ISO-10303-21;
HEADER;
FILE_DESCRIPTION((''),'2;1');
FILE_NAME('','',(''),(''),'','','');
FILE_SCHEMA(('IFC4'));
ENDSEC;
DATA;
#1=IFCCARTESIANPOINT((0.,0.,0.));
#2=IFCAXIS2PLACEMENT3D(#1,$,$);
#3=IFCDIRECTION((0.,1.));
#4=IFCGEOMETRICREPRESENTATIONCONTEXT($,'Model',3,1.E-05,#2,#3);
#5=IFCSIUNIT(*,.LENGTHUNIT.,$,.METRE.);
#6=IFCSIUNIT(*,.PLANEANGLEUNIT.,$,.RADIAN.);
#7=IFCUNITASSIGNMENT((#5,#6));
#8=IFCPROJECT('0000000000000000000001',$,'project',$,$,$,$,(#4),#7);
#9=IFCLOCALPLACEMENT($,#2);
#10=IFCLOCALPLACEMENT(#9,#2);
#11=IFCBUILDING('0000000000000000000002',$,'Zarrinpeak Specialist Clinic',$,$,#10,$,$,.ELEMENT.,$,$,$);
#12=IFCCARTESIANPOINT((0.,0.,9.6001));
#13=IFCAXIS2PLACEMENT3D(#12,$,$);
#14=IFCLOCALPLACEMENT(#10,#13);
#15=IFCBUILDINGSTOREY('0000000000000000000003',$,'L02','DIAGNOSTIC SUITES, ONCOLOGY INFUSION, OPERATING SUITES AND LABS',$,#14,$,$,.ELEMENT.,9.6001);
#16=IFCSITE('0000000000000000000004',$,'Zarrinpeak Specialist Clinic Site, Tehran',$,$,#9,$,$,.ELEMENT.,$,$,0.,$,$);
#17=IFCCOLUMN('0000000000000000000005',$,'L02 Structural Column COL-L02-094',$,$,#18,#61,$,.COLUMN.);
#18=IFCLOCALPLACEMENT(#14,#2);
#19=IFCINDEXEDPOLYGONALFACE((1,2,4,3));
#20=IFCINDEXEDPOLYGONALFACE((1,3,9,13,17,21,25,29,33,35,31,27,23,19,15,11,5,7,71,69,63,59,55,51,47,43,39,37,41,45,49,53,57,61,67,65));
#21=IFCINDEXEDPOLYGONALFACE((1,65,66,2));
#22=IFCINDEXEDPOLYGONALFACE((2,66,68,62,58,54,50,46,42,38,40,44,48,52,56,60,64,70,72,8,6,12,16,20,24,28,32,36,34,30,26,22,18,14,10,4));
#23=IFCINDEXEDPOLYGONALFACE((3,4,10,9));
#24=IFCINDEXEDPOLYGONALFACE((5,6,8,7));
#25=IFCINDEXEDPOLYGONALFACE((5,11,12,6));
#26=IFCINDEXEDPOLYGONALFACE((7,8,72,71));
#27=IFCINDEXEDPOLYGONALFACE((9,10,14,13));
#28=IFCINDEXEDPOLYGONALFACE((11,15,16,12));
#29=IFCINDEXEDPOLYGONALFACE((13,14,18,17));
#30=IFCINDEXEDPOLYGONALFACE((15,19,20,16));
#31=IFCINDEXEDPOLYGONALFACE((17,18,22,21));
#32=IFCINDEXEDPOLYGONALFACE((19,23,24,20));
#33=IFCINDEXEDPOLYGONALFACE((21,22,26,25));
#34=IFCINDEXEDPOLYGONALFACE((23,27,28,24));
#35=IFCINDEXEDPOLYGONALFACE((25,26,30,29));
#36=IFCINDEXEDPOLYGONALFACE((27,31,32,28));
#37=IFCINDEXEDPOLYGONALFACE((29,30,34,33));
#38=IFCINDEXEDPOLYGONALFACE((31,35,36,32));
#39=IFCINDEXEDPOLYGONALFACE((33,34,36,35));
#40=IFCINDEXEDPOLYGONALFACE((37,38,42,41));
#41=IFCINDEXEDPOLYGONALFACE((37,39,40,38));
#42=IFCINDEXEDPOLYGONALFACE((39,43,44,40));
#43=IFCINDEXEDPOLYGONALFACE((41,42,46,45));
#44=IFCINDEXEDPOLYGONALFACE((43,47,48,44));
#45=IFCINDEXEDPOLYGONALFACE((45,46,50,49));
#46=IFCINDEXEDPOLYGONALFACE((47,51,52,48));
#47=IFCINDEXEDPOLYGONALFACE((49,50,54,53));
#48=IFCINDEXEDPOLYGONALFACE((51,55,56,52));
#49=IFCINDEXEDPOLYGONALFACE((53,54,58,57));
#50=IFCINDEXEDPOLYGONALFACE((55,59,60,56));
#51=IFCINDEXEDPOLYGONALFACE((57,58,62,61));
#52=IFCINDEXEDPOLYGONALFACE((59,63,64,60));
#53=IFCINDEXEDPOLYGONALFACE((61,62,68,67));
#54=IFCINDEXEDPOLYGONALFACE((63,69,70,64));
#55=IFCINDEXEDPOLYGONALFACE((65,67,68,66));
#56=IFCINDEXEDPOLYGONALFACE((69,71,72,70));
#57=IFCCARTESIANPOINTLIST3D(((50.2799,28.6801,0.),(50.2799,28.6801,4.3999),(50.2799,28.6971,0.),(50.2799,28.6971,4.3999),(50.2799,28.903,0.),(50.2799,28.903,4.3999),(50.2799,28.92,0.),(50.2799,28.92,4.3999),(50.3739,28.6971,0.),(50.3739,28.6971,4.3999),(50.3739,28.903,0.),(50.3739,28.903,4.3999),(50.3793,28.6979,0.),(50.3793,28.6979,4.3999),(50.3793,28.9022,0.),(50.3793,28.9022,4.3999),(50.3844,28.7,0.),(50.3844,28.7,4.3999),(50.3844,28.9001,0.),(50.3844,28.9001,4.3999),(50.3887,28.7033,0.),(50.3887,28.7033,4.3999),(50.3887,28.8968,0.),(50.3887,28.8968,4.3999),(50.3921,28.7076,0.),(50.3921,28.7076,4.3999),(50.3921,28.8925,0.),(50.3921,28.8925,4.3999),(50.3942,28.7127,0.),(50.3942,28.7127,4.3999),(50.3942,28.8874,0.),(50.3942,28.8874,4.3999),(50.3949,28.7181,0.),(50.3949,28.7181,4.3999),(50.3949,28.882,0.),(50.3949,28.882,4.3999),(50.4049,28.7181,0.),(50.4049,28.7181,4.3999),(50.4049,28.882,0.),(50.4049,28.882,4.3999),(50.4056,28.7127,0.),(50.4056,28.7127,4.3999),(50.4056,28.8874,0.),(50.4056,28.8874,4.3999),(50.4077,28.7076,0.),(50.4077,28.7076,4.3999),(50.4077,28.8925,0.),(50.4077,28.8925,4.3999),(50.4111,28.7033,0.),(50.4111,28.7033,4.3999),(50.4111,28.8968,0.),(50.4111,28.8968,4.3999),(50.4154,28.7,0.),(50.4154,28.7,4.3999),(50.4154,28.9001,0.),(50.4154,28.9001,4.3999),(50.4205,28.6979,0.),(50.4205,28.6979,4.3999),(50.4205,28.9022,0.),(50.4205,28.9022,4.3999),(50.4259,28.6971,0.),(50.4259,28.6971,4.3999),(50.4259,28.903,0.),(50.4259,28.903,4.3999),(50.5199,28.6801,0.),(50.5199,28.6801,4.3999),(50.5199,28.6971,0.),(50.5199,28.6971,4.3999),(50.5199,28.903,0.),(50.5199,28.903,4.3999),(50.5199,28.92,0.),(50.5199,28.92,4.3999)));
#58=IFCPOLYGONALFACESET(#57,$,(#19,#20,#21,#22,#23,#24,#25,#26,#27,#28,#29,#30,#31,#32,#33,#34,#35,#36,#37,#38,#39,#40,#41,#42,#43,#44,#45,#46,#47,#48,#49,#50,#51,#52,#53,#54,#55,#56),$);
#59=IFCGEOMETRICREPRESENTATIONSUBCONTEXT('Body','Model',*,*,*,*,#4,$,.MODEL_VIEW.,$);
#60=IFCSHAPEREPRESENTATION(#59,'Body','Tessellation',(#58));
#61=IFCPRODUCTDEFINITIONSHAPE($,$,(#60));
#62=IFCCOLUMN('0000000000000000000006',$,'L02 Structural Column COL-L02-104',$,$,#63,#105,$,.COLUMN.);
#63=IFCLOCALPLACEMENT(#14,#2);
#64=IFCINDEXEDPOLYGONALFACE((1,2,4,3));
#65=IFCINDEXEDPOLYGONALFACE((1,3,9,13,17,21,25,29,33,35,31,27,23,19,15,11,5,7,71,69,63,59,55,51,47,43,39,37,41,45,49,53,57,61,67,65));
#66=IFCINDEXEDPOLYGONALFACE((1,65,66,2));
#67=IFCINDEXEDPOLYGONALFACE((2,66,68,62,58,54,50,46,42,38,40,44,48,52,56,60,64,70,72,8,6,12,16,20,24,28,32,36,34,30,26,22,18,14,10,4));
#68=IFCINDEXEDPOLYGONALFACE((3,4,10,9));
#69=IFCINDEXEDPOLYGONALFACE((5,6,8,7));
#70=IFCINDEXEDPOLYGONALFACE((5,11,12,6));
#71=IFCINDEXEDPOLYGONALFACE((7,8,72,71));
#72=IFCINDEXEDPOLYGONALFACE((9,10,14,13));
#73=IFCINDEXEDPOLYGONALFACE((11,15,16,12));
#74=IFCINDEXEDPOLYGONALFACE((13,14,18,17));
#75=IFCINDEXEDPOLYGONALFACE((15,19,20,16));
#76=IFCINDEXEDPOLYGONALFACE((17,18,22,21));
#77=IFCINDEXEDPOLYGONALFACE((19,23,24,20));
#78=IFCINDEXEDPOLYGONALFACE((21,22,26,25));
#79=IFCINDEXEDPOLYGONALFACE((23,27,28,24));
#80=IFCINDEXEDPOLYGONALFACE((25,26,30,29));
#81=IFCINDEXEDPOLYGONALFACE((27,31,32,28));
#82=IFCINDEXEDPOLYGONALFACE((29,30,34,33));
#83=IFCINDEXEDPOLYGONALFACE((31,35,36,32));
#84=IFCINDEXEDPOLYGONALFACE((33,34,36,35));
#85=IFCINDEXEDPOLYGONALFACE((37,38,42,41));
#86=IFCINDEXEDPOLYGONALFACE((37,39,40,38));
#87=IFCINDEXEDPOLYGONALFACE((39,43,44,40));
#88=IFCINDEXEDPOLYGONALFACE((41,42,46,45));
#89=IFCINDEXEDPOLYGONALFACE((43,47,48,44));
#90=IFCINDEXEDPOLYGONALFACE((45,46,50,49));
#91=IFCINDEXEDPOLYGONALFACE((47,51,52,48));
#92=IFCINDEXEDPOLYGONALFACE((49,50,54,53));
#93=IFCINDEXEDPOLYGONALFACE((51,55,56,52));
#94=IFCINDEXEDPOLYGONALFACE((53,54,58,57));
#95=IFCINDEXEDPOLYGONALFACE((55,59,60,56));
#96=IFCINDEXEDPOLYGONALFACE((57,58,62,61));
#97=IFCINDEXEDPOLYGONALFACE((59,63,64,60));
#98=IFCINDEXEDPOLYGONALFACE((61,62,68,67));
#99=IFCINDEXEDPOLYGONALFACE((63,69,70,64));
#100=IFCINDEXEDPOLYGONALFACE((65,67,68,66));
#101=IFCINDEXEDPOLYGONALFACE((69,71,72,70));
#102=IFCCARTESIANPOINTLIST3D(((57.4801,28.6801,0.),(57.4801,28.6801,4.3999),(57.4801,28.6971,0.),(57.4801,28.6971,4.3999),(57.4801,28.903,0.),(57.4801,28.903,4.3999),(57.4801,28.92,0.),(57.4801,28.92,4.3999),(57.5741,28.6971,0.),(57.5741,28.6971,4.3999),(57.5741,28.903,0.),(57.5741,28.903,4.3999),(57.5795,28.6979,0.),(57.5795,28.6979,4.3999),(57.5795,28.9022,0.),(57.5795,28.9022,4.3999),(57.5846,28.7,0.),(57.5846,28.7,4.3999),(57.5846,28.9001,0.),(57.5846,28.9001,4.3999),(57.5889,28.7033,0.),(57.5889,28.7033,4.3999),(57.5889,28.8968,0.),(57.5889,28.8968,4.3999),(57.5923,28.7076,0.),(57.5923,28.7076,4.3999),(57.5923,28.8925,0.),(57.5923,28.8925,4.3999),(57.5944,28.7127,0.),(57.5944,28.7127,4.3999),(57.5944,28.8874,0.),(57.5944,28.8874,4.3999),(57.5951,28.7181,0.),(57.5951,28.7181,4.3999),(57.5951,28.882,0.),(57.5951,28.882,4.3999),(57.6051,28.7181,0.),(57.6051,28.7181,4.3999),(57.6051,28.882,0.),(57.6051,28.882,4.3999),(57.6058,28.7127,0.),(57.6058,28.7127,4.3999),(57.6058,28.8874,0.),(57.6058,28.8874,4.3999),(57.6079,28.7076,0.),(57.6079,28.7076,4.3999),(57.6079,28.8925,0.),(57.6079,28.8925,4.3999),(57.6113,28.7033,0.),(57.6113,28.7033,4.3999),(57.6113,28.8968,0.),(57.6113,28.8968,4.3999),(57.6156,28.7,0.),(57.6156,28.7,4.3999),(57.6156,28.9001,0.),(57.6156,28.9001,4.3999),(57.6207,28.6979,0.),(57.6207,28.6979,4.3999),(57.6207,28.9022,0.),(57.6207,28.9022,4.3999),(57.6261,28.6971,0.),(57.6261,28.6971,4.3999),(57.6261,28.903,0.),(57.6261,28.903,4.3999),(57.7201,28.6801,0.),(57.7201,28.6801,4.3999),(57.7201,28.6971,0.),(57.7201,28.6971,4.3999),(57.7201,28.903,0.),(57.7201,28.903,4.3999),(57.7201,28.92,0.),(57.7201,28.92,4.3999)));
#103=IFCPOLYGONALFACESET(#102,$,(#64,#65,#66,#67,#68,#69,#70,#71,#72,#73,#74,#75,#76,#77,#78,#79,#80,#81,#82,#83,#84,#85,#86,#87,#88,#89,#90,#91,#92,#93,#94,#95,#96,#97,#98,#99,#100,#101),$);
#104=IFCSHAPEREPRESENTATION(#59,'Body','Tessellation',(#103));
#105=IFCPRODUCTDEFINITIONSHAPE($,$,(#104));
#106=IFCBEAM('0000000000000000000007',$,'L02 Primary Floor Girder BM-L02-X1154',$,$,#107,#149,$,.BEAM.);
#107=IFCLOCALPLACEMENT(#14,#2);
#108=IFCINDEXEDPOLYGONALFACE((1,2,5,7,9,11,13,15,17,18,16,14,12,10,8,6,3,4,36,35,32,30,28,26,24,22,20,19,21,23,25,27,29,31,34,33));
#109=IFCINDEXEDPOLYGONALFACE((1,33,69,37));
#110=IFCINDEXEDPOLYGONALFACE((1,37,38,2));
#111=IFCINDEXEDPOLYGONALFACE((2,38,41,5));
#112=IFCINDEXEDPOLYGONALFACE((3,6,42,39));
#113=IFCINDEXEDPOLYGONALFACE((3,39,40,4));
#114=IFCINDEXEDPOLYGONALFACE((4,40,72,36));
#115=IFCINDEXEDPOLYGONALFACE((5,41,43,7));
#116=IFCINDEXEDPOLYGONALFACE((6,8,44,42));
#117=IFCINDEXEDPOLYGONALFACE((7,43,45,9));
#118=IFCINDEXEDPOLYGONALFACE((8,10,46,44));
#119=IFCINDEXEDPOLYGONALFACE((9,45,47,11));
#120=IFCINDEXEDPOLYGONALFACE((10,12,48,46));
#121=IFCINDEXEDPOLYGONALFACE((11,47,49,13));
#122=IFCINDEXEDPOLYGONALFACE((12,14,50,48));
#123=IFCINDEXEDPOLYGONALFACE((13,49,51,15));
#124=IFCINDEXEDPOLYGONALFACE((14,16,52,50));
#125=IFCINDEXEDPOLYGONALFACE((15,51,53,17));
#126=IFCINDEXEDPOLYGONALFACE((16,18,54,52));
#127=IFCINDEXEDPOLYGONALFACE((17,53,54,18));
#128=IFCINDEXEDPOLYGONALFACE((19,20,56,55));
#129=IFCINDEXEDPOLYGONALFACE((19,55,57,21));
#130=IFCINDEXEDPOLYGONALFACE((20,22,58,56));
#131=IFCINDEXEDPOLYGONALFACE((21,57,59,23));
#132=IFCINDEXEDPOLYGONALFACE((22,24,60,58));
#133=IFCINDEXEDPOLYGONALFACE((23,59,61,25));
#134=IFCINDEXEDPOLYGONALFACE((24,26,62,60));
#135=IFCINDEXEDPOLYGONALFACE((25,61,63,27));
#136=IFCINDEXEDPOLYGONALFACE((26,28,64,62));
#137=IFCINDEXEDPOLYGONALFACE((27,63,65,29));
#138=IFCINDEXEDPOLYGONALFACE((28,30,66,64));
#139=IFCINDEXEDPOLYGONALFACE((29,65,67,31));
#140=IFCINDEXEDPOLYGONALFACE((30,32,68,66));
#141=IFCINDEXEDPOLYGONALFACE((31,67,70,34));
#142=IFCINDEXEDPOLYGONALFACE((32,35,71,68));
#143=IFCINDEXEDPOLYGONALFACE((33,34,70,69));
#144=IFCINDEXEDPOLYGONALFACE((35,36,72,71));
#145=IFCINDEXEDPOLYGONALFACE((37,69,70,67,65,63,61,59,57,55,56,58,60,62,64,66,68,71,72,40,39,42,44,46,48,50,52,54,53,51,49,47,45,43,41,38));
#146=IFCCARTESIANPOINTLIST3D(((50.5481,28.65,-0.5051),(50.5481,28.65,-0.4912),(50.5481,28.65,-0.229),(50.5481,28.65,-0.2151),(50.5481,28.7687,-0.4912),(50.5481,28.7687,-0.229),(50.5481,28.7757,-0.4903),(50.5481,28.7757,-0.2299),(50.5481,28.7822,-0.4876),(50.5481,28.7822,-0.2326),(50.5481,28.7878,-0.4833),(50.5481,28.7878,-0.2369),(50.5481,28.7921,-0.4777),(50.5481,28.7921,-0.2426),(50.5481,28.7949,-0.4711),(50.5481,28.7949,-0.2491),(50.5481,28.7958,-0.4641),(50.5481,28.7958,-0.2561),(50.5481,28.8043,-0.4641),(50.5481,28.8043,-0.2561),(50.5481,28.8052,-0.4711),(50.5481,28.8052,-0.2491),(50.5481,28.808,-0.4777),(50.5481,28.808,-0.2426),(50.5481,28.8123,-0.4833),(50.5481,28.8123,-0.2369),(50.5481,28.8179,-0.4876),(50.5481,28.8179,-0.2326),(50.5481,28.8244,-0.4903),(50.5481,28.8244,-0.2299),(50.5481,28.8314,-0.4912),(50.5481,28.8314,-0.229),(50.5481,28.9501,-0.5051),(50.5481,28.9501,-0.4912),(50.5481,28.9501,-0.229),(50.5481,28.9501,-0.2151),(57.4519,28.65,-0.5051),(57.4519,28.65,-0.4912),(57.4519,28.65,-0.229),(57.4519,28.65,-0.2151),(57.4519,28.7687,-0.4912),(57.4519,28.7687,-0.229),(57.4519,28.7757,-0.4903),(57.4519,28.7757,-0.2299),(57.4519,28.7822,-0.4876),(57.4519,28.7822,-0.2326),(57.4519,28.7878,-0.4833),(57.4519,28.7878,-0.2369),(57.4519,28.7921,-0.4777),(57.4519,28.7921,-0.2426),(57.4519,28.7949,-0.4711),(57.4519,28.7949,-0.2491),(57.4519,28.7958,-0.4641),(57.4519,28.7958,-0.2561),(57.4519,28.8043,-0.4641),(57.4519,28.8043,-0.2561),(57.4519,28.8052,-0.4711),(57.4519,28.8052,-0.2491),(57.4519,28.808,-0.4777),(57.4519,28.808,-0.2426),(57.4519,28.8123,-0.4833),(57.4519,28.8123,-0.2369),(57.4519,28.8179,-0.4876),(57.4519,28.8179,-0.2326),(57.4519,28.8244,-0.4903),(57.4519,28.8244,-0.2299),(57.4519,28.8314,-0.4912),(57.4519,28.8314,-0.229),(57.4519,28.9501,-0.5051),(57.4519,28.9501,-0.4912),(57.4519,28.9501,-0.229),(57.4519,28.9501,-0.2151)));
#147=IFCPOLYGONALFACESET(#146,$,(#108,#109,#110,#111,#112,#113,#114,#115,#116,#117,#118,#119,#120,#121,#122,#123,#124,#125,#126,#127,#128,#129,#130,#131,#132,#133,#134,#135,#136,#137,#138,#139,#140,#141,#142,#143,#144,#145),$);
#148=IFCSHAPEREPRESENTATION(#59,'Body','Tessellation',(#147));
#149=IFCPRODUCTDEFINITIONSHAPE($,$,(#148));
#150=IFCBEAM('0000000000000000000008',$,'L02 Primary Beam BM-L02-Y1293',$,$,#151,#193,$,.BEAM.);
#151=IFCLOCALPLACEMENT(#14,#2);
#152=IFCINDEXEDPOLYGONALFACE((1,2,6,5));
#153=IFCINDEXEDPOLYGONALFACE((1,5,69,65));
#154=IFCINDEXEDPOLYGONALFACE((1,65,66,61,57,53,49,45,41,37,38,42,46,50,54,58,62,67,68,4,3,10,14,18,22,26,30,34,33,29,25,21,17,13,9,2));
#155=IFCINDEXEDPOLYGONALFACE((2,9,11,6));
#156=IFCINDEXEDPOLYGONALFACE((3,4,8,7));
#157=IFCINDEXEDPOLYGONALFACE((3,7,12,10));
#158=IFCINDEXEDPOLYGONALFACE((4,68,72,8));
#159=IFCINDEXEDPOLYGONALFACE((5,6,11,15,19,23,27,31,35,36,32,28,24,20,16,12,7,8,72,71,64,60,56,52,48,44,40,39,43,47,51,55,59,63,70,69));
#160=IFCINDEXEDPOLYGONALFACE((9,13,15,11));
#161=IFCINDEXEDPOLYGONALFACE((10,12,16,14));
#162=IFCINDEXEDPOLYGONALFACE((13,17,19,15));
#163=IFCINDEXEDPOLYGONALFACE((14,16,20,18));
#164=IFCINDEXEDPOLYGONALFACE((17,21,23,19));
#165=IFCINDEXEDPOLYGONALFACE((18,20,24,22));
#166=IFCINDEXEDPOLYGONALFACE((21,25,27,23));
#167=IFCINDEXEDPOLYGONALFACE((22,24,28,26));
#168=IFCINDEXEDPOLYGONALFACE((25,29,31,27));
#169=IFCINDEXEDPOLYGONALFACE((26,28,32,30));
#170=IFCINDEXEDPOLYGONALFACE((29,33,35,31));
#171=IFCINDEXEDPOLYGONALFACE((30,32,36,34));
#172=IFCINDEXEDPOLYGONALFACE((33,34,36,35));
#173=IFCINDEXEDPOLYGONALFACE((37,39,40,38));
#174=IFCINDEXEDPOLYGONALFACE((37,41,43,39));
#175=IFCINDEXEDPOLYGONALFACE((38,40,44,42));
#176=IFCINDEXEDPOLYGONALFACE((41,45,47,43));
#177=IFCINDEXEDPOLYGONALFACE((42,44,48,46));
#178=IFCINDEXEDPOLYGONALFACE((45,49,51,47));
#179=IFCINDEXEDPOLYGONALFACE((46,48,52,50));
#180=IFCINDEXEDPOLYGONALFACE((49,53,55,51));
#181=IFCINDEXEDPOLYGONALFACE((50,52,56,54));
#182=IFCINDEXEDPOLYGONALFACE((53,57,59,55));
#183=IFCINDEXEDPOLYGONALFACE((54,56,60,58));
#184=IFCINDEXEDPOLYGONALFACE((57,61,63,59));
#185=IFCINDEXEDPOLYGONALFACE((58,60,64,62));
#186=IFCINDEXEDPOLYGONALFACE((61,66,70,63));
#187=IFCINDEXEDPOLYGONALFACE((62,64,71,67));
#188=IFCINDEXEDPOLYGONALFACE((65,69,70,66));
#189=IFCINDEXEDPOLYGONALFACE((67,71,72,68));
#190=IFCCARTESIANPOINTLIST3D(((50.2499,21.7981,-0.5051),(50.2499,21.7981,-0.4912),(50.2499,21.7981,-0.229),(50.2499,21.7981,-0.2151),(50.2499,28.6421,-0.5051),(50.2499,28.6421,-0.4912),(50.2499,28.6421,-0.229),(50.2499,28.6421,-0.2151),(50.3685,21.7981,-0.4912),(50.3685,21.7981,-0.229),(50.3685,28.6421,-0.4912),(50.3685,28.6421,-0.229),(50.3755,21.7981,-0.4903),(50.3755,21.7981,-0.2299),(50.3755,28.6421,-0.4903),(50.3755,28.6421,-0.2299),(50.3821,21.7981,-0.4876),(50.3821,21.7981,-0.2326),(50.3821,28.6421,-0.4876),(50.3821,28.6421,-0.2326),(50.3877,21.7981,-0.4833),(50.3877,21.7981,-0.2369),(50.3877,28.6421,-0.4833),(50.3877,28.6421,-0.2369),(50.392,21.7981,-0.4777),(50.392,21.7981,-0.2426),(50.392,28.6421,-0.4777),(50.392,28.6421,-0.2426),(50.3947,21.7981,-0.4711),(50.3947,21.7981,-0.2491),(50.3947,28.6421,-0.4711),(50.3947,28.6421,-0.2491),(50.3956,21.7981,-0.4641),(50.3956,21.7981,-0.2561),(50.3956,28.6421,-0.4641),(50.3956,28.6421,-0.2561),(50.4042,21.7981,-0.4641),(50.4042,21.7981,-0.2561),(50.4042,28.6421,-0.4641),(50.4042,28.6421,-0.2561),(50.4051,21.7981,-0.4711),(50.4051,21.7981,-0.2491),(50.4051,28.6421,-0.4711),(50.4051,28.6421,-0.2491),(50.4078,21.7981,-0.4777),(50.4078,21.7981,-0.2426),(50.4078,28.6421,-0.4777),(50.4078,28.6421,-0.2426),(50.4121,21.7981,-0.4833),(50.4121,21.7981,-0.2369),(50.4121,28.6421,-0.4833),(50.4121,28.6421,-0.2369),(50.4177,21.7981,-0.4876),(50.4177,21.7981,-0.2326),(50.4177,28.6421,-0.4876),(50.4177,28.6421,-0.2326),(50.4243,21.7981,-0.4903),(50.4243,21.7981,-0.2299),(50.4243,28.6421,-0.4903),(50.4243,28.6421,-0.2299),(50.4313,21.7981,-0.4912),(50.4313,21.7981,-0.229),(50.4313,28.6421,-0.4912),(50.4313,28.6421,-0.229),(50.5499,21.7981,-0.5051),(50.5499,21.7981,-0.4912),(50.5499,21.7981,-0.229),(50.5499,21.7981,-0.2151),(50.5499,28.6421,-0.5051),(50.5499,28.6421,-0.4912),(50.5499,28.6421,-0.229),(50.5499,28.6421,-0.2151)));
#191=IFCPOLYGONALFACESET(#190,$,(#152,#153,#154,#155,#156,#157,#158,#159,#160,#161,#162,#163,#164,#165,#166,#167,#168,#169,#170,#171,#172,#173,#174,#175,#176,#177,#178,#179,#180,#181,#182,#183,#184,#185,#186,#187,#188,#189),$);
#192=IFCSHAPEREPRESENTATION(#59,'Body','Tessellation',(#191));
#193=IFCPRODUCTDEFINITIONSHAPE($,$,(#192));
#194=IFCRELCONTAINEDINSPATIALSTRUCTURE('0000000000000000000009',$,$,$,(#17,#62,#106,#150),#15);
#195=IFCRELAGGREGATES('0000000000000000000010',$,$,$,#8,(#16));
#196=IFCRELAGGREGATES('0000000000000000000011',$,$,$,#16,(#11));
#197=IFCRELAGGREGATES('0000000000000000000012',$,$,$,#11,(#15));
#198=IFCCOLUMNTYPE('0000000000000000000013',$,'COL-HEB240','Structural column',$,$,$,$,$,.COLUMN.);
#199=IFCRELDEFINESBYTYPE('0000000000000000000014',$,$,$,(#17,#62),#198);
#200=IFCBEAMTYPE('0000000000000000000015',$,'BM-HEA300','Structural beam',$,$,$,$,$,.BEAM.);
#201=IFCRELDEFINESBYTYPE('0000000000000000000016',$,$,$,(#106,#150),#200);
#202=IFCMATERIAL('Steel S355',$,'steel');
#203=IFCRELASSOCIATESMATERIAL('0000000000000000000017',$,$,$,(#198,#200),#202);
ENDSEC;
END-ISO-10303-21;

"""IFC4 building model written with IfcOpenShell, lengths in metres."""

from ifc_helpers import new_model, si_unit, direction, frame, origin, origin_2d, place, context, subcontext, project, spatial, i_section, extrude, material, material_profile, profile_set, type_object, element, save


model = new_model("IFC4")

# Units and contexts
model_context = context("Model", 3, precision=1e-05, world=origin(), true_north=direction((0.0, 1.0)))
body_context = subcontext(model_context, "Body", "Model", "MODEL_VIEW")
ifc_project = project(units=[si_unit("LENGTHUNIT", "METRE"), si_unit("PLANEANGLEUNIT", "RADIAN")], contexts=[model_context])

# Site, building, storey
site_placement = place(None, origin())
site = spatial("IfcSite", under=ifc_project, at=site_placement, Name="Zarrinpeak Specialist Clinic Site, Tehran", CompositionType="ELEMENT", RefElevation=0.0)
building_placement = place(site_placement, origin())
building = spatial("IfcBuilding", under=site, at=building_placement, Name="Zarrinpeak Specialist Clinic", CompositionType="ELEMENT")
storey_placement = place(building_placement, frame((0.0, 0.0, 9.6001)))
storey = spatial("IfcBuildingStorey", under=building, at=storey_placement, Name="L02", Description="DIAGNOSTIC SUITES, ONCOLOGY INFUSION, OPERATING SUITES AND LABS", CompositionType="ELEMENT", Elevation=9.6001)

# Columns
ifc_material_1 = material(Name="Steel S355", Category="steel")
ifc_material_profile_1 = material_profile(ifc_material_1, i_section(OverallWidth=0.24, OverallDepth=0.24, WebThickness=0.01, FlangeThickness=0.0171, FilletRadius=0.021, at=origin_2d()), Name="HEB 240")
ifc_profile_set_1 = profile_set([ifc_material_profile_1], Name="Steel S355")
column_type = type_object("IfcColumnType", Name="COL-HEB240", Description="Structural column", PredefinedType="COLUMN", material=ifc_profile_set_1)
for number, where, z_axis, x_axis, name in (
    (1, (50.3999, 28.8, 0.0), (0.0, 0.0, 1.0), (1.0, 0.0, 0.0), "L02 Structural Column COL-L02-094"),
    (2, (57.6001, 28.8, 0.0), (0.0, 0.0, 1.0), (1.0, 0.0, 0.0), "L02 Structural Column COL-L02-104"),
):
    element("IfcColumn", number, at=place(storey_placement, frame(where, z_axis=z_axis, x_axis=x_axis)), inside=storey, type_object=column_type, Name=name, PredefinedType="COLUMN", context=body_context, shape_type="SweptSolid", body=[
        extrude(i_section(OverallWidth=0.24, OverallDepth=0.24, WebThickness=0.01, FlangeThickness=0.0171, FilletRadius=0.021, at=origin_2d()), origin(), (0.0, 0.0, 1.0), 4.3999),
    ])

# Beams
ifc_material_profile_2 = material_profile(ifc_material_1, i_section(OverallWidth=0.3, OverallDepth=0.29, WebThickness=0.0085, FlangeThickness=0.0139, FilletRadius=0.0271, at=origin_2d()), Name="HEA 300")
ifc_profile_set_2 = profile_set([ifc_material_profile_2], Name="Steel S355")
beam_type_1 = type_object("IfcBeamType", Name="BM-HEA300", Description="Structural beam", PredefinedType="BEAM", material=ifc_profile_set_2)
beam_placement = place(storey_placement, frame((50.5481, 28.8, -0.3601), z_axis=(1.0, 0.0, 0.0), x_axis=(0.0, 1.0, 0.0)))
element("IfcBeam", 3, at=beam_placement, inside=storey, type_object=beam_type_1, Name="L02 Primary Floor Girder BM-L02-X1154", PredefinedType="BEAM", context=body_context, shape_type="SweptSolid", body=[
    extrude(i_section(OverallWidth=0.3, OverallDepth=0.29, WebThickness=0.0085, FlangeThickness=0.0139, FilletRadius=0.0271, at=origin_2d()), origin(), (0.0, 0.0, 1.0), 6.9038),
])
for number, where, z_axis, x_axis, name in (
    (4, (50.3999, 21.7981, -0.3601), (0.0, 1.0, 0.0), (-1.0, 0.0, 0.0), "L02 Primary Beam BM-L02-Y1293"),
):
    element("IfcBeam", number, at=place(storey_placement, frame(where, z_axis=z_axis, x_axis=x_axis)), inside=storey, type_object=beam_type_1, Name=name, PredefinedType="BEAM", context=body_context, shape_type="SweptSolid", body=[
        extrude(i_section(OverallWidth=0.3, OverallDepth=0.29, WebThickness=0.0085, FlangeThickness=0.0139, FilletRadius=0.0271, at=origin_2d()), origin(), (0.0, 0.0, 1.0), 6.844),
    ])

save(model, "model.ifc")
